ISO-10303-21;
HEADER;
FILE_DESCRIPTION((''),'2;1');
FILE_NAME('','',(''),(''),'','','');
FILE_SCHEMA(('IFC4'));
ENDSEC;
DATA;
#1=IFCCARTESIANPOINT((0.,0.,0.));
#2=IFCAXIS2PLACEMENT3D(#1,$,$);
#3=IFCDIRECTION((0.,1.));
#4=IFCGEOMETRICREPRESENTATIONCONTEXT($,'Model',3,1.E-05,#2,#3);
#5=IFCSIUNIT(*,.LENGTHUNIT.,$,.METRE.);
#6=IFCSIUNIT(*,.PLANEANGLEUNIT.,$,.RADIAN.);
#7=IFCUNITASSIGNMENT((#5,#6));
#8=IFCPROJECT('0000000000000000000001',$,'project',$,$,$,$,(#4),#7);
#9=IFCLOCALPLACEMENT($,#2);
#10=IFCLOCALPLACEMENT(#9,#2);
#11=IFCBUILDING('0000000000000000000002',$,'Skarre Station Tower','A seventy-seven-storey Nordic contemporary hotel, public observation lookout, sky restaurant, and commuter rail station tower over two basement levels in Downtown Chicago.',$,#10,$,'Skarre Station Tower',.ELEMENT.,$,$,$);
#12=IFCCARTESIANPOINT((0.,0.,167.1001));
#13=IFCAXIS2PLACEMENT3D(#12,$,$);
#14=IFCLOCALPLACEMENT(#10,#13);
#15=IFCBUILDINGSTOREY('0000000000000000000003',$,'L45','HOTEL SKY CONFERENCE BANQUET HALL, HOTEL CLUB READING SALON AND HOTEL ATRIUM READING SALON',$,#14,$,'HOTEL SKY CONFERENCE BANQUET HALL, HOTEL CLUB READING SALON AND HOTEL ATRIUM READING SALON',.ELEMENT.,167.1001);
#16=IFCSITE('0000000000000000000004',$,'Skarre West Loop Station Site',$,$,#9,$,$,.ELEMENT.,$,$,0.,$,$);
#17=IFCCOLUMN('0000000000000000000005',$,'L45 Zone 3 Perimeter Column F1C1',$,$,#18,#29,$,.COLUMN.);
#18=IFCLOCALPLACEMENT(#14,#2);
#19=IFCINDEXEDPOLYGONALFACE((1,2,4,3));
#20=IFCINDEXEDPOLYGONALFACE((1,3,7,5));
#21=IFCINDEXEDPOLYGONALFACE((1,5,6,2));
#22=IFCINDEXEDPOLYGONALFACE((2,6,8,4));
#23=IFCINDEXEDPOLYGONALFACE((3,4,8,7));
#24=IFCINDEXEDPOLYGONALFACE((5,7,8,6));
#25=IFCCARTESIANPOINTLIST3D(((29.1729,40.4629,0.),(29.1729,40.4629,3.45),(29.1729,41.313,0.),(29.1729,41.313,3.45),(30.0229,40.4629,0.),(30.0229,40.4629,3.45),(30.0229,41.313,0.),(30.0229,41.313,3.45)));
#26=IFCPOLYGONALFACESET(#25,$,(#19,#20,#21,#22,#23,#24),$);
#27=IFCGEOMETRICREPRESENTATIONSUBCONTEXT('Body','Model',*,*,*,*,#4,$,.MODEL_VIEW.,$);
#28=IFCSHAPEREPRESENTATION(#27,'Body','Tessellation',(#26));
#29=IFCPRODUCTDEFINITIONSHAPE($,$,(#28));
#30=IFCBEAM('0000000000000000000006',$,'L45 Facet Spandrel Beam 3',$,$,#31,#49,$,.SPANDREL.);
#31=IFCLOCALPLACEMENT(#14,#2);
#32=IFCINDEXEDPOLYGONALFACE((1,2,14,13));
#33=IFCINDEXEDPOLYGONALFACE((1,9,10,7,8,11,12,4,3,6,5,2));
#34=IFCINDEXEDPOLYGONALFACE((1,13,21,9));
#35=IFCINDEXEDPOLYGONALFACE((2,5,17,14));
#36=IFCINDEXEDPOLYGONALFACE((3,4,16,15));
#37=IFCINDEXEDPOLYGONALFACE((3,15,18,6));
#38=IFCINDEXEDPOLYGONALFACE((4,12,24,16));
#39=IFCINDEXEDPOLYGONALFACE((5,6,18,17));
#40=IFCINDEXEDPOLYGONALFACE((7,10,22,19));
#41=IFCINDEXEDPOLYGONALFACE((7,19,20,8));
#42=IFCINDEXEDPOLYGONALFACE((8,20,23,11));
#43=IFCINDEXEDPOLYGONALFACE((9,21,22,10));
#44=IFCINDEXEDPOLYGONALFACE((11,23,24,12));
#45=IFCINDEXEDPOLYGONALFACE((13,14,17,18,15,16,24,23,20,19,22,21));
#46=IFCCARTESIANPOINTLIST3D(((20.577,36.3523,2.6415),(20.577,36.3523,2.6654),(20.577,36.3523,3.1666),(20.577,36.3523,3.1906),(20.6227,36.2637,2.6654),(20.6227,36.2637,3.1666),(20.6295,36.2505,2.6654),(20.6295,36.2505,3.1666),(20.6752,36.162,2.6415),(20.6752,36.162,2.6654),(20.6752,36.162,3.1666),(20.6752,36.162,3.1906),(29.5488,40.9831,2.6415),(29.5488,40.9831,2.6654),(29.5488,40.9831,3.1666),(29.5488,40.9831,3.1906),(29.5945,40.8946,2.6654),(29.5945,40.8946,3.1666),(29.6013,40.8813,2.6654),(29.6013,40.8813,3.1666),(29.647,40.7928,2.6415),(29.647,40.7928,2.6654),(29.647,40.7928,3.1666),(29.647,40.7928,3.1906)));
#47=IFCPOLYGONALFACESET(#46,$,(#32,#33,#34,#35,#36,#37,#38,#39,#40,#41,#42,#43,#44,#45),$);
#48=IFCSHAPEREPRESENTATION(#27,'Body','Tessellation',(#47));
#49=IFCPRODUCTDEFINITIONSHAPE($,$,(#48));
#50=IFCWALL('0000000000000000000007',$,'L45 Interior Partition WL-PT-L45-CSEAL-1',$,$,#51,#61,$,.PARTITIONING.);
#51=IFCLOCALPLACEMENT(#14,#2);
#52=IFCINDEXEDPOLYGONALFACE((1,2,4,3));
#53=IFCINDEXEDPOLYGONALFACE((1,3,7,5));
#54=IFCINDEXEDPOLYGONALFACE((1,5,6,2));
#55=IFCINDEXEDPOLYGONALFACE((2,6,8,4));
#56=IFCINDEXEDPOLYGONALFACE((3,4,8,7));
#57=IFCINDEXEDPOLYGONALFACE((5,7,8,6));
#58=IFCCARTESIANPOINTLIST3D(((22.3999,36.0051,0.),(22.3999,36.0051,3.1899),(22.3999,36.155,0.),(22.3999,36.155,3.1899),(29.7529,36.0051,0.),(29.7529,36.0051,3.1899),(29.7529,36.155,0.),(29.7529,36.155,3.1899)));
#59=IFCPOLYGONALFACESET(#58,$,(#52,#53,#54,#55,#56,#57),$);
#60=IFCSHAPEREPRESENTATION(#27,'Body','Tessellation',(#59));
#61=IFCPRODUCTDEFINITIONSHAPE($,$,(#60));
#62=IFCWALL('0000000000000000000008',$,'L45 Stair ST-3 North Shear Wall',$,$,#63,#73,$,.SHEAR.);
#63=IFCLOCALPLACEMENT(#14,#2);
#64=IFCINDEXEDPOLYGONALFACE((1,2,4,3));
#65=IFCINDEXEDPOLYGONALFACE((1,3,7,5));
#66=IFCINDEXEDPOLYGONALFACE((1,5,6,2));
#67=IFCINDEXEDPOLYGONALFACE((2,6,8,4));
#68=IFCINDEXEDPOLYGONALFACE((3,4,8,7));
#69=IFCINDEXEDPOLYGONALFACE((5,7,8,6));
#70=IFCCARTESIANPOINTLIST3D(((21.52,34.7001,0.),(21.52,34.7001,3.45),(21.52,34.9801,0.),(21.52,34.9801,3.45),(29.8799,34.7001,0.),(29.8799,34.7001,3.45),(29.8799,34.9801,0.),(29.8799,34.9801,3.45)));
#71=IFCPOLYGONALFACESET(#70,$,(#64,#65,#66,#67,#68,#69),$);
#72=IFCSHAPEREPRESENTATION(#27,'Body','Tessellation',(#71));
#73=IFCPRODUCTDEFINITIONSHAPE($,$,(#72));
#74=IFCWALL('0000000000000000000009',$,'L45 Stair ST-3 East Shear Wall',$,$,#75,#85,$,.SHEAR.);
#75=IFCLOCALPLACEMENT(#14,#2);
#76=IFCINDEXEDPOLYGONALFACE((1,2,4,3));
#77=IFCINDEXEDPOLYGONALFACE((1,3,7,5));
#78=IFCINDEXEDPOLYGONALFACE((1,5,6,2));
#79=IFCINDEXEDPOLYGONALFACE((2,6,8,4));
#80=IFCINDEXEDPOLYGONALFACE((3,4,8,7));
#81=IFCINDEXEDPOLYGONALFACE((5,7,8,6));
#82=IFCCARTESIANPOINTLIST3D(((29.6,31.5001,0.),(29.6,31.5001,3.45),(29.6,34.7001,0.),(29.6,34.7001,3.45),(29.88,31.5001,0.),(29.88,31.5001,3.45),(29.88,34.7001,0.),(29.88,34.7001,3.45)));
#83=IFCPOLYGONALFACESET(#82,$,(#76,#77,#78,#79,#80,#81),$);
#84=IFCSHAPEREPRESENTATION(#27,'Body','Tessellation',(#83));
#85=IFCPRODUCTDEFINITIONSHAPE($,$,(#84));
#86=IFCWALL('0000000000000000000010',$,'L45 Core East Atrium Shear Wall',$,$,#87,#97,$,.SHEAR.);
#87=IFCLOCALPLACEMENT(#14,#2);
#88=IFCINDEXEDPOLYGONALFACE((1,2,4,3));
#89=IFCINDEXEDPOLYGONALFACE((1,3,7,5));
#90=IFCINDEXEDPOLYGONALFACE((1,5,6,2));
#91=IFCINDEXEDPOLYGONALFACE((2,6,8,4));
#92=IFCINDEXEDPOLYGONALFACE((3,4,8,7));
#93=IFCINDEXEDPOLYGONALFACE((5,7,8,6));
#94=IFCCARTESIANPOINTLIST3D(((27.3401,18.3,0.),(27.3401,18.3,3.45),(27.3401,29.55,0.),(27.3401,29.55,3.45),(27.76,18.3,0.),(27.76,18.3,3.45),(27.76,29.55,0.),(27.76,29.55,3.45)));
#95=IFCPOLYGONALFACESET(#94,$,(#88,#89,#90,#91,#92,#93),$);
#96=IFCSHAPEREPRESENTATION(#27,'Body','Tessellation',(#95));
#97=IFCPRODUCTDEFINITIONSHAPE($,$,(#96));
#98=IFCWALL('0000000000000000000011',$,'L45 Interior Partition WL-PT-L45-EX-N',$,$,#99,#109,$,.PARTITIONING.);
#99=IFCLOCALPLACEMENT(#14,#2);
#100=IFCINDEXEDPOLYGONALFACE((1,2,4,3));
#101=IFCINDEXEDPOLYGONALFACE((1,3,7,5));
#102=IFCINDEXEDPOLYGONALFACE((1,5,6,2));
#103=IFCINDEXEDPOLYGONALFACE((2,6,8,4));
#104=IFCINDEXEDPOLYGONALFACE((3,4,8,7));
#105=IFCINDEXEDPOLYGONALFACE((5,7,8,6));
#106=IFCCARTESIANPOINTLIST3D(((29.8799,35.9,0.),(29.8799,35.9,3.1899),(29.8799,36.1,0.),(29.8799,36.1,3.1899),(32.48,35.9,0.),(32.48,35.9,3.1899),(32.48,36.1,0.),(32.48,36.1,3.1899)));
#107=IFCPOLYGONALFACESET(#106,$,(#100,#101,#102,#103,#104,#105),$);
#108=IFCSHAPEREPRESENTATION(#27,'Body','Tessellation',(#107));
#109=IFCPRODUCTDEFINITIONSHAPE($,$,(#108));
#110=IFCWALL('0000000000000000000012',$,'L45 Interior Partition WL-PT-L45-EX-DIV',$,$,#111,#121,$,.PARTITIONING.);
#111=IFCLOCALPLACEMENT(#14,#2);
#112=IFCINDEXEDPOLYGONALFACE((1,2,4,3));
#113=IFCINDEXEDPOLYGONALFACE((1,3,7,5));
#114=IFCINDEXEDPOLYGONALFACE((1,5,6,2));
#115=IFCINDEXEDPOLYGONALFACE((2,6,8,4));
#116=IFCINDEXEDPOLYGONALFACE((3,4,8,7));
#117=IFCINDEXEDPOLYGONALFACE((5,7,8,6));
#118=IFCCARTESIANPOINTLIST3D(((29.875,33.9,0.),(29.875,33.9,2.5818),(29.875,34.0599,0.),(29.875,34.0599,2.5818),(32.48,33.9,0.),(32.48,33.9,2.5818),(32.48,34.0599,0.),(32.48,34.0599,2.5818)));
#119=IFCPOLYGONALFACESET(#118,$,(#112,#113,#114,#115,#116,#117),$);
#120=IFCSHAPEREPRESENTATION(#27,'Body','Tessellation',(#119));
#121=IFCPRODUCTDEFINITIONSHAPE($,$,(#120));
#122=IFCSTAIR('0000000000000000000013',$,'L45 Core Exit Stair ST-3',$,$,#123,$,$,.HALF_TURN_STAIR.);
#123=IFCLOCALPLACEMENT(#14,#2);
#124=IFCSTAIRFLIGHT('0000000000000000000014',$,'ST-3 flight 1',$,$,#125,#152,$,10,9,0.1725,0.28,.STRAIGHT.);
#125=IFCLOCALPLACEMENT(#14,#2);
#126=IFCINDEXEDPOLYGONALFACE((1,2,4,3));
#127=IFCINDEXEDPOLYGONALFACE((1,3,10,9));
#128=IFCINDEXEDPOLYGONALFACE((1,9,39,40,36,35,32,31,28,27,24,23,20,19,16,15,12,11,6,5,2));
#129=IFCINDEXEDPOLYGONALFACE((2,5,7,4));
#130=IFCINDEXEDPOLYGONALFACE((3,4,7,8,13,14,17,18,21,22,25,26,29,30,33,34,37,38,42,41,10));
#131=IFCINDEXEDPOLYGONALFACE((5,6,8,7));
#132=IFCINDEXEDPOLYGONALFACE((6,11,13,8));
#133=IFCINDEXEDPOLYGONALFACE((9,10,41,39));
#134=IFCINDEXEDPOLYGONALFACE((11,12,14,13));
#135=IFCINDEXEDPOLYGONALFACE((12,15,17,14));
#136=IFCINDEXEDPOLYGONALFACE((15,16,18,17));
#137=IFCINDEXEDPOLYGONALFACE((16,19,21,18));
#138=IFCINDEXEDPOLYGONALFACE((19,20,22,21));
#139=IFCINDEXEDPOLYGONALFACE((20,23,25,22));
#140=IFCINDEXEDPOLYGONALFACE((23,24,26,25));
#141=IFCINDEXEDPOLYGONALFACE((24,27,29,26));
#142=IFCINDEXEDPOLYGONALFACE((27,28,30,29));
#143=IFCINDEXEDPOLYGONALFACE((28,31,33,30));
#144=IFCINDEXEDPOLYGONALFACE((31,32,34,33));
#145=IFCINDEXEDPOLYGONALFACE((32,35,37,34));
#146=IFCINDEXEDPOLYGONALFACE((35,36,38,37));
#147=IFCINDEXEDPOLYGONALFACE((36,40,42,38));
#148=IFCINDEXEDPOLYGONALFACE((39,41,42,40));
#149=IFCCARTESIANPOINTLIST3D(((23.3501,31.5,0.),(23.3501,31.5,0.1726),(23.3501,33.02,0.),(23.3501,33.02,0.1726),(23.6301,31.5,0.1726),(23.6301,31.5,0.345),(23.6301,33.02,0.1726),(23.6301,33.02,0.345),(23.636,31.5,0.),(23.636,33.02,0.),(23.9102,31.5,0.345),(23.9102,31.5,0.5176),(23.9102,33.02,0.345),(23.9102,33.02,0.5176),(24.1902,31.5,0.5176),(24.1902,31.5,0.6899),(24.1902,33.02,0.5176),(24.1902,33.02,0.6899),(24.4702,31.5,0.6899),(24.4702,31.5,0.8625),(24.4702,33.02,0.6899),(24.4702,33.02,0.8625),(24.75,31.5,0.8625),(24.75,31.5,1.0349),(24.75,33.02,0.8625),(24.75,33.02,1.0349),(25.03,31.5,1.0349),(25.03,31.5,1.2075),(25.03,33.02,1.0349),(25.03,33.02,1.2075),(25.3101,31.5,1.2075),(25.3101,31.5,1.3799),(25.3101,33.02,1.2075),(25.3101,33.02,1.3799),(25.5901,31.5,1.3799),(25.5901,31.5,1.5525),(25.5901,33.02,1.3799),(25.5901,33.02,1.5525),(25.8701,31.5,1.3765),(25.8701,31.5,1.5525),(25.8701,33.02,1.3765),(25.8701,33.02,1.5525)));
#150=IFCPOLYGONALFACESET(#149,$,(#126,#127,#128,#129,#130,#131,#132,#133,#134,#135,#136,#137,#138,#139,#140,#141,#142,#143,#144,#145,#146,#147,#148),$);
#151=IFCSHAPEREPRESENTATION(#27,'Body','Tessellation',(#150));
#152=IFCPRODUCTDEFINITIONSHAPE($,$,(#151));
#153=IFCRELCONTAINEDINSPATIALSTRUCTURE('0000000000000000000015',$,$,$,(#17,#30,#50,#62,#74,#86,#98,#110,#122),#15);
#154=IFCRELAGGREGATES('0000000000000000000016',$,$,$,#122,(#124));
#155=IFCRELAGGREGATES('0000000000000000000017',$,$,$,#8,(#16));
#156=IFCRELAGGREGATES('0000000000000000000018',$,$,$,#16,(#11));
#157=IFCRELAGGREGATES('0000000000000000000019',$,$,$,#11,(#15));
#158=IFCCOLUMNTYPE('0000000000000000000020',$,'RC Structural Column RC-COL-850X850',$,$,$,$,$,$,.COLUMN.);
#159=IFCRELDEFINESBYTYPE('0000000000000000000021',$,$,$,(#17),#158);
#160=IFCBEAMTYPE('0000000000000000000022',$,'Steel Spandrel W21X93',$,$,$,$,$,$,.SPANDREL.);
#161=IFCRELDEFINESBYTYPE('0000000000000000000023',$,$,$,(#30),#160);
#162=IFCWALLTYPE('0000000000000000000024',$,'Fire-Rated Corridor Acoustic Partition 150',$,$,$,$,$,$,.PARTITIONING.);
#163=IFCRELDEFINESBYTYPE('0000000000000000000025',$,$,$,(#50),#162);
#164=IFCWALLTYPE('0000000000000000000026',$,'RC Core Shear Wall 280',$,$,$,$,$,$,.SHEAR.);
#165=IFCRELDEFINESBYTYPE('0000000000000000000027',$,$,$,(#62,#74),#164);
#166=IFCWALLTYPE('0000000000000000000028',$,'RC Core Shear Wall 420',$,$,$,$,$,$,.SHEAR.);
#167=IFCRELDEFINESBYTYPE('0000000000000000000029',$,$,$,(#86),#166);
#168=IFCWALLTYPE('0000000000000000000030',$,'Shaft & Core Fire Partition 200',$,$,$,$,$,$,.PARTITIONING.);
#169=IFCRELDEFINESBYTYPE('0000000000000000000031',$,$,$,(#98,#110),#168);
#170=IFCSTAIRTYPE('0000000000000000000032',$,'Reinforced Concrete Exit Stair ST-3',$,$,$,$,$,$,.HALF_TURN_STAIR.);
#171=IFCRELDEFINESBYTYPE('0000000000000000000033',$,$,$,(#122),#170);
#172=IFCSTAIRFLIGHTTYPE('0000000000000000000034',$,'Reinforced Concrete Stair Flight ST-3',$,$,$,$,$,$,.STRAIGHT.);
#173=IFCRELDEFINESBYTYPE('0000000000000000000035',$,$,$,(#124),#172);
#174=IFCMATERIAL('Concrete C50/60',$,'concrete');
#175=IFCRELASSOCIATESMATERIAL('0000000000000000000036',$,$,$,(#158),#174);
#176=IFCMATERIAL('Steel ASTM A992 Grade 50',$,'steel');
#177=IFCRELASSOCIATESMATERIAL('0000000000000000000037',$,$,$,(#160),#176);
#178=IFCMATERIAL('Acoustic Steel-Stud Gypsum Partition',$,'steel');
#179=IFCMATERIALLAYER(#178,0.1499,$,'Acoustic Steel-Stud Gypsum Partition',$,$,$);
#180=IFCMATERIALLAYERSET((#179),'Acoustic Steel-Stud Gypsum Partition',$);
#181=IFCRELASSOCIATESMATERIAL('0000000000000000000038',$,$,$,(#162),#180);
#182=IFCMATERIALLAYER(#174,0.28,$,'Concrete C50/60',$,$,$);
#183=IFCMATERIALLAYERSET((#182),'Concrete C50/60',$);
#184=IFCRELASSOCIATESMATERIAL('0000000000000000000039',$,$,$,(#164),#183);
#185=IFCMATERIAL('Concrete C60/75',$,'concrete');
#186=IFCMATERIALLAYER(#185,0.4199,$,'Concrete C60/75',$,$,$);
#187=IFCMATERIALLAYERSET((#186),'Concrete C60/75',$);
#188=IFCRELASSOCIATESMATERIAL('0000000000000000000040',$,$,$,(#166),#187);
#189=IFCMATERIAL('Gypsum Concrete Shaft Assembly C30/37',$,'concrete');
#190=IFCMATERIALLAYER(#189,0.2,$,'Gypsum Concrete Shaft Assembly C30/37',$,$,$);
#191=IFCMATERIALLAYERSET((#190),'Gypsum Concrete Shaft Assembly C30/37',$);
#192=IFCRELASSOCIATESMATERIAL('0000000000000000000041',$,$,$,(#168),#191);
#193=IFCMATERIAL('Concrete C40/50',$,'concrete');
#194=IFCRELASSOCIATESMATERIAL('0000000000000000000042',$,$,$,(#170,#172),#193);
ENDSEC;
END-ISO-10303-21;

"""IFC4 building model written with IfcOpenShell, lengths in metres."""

from ifc_helpers import new_model, si_unit, direction, frame, frame_2d, origin, origin_2d, place, context, subcontext, project, spatial, polyline, rectangle, i_section, outline, extrude, material, layer, layer_set, material_profile, profile_set, type_object, element, aggregate, save


model = new_model("IFC4")

# Units and contexts
model_context = context("Model", 3, precision=1e-05, world=origin(), true_north=direction((0.0, 1.0)))
body_context = subcontext(model_context, "Body", "Model", "MODEL_VIEW")
ifc_project = project(units=[si_unit("LENGTHUNIT", "METRE"), si_unit("PLANEANGLEUNIT", "RADIAN")], contexts=[model_context])

# Site, building, storey
site_placement = place(None, origin())
site = spatial("IfcSite", under=ifc_project, at=site_placement, Name="Skarre West Loop Station Site", CompositionType="ELEMENT", RefElevation=0.0)
building_placement = place(site_placement, origin())
building = spatial("IfcBuilding", under=site, at=building_placement, Name="Skarre Station Tower", Description="A seventy-seven-storey Nordic contemporary hotel, public observation lookout, sky restaurant, and commuter rail station tower over two basement levels in Downtown Chicago.", LongName="Skarre Station Tower", CompositionType="ELEMENT")
storey_placement = place(building_placement, frame((0.0, 0.0, 167.1001)))
storey = spatial("IfcBuildingStorey", under=building, at=storey_placement, Name="L45", Description="HOTEL SKY CONFERENCE BANQUET HALL, HOTEL CLUB READING SALON AND HOTEL ATRIUM READING SALON", LongName="HOTEL SKY CONFERENCE BANQUET HALL, HOTEL CLUB READING SALON AND HOTEL ATRIUM READING SALON", CompositionType="ELEMENT", Elevation=167.1001)

# Column
ifc_material_1 = material(Name="Concrete C50/60", Category="concrete")
ifc_material_profile_1 = material_profile(ifc_material_1, rectangle(XDim=0.8501, YDim=0.8501, at=origin_2d()), Name="Concrete C50/60")
ifc_profile_set_1 = profile_set([ifc_material_profile_1], Name="Concrete C50/60")
column_type = type_object("IfcColumnType", Name="RC Structural Column RC-COL-850X850", PredefinedType="COLUMN", material=ifc_profile_set_1)
column_placement = place(storey_placement, frame((29.5979, 40.8879, 0.0), z_axis=(0.0, 0.0, 1.0), x_axis=(1.0, 0.0, 0.0)))
element("IfcColumn", 1, at=column_placement, inside=storey, type_object=column_type, Name="L45 Zone 3 Perimeter Column F1C1", PredefinedType="COLUMN", context=body_context, shape_type="SweptSolid", body=[
    extrude(rectangle(XDim=0.8501, YDim=0.8501, at=origin_2d()), origin(), (0.0, 0.0, 1.0), 3.45),
])

# Beam
ifc_material_2 = material(Name="Steel ASTM A992 Grade 50", Category="steel")
ifc_material_profile_2 = material_profile(ifc_material_2, i_section(OverallWidth=0.2141, OverallDepth=0.5491, WebThickness=0.0149, FlangeThickness=0.0239, at=origin_2d()), Name="Steel ASTM A992 Grade 50")
ifc_profile_set_2 = profile_set([ifc_material_profile_2], Name="Steel ASTM A992 Grade 50")
beam_type = type_object("IfcBeamType", Name="Steel Spandrel W21X93", PredefinedType="SPANDREL", material=ifc_profile_set_2)
beam_placement = place(storey_placement, frame((29.5979, 40.8879, 2.916), z_axis=(-0.888613, -0.458658, 0.0), x_axis=(0.458658, -0.888613, 0.0)))
element("IfcBeam", 2, at=beam_placement, inside=storey, type_object=beam_type, Name="L45 Facet Spandrel Beam 3", PredefinedType="SPANDREL", context=body_context, shape_type="SweptSolid", body=[
    extrude(i_section(OverallWidth=0.2141, OverallDepth=0.5491, WebThickness=0.0149, FlangeThickness=0.0239, at=origin_2d()), origin(), (0.0, 0.0, 1.0), 10.0964),
])

# Walls
ifc_material_3 = material(Name="Acoustic Steel-Stud Gypsum Partition", Category="steel")
ifc_layer_1 = layer(ifc_material_3, 0.1499, Name="Acoustic Steel-Stud Gypsum Partition")
ifc_layer_set_1 = layer_set([ifc_layer_1], Name="Acoustic Steel-Stud Gypsum Partition")
wall_type_1 = type_object("IfcWallType", Name="Fire-Rated Corridor Acoustic Partition 150", PredefinedType="PARTITIONING", material=ifc_layer_set_1)
wall_1_placement = place(storey_placement, frame((29.7529, 36.0801, 0.0), z_axis=(0.0, 0.0, 1.0), x_axis=(-1.0, 0.0, 0.0)))
element("IfcWall", 3, at=wall_1_placement, inside=storey, type_object=wall_type_1, Name="L45 Interior Partition WL-PT-L45-CSEAL-1", PredefinedType="PARTITIONING", context=body_context, shape_type="SweptSolid", body=[
    extrude(rectangle(XDim=7.353, YDim=0.1499, at=frame_2d((3.6765, 0.0))), origin(), (0.0, 0.0, 1.0), 3.1899),
])
ifc_layer_2 = layer(ifc_material_1, 0.28, Name="Concrete C50/60")
ifc_layer_set_2 = layer_set([ifc_layer_2], Name="Concrete C50/60")
wall_type_2 = type_object("IfcWallType", Name="RC Core Shear Wall 280", PredefinedType="SHEAR", material=ifc_layer_set_2)
wall_2_placement = place(storey_placement, frame((29.8799, 34.8401, 0.0), z_axis=(0.0, 0.0, 1.0), x_axis=(-1.0, 0.0, 0.0)))
element("IfcWall", 4, at=wall_2_placement, inside=storey, type_object=wall_type_2, Name="L45 Stair ST-3 North Shear Wall", PredefinedType="SHEAR", context=body_context, shape_type="SweptSolid", body=[
    extrude(rectangle(XDim=8.3599, YDim=0.28, at=frame_2d((4.1799, 0.0))), origin(), (0.0, 0.0, 1.0), 3.45),
])
wall_3_placement = place(storey_placement, frame((29.74, 31.5, 0.0), z_axis=(0.0, 0.0, 1.0), x_axis=(0.0, 1.0, 0.0)))
element("IfcWall", 5, at=wall_3_placement, inside=storey, type_object=wall_type_2, Name="L45 Stair ST-3 East Shear Wall", PredefinedType="SHEAR", context=body_context, shape_type="SweptSolid", body=[
    extrude(rectangle(XDim=3.2, YDim=0.28, at=frame_2d((1.6001, 0.0))), origin(), (0.0, 0.0, 1.0), 3.45),
])
ifc_material_4 = material(Name="Concrete C60/75", Category="concrete")
ifc_layer_3 = layer(ifc_material_4, 0.4199, Name="Concrete C60/75")
ifc_layer_set_3 = layer_set([ifc_layer_3], Name="Concrete C60/75")
wall_type_3 = type_object("IfcWallType", Name="RC Core Shear Wall 420", PredefinedType="SHEAR", material=ifc_layer_set_3)
wall_4_placement = place(storey_placement, frame((27.55, 29.55, 0.0), z_axis=(0.0, 0.0, 1.0), x_axis=(0.0, -1.0, 0.0)))
element("IfcWall", 6, at=wall_4_placement, inside=storey, type_object=wall_type_3, Name="L45 Core East Atrium Shear Wall", PredefinedType="SHEAR", context=body_context, shape_type="SweptSolid", body=[
    extrude(rectangle(XDim=11.25, YDim=0.4199, at=frame_2d((5.625, 0.0))), origin(), (0.0, 0.0, 1.0), 3.45),
])
ifc_material_5 = material(Name="Gypsum Concrete Shaft Assembly C30/37", Category="concrete")
ifc_layer_4 = layer(ifc_material_5, 0.2, Name="Gypsum Concrete Shaft Assembly C30/37")
ifc_layer_set_4 = layer_set([ifc_layer_4], Name="Gypsum Concrete Shaft Assembly C30/37")
wall_type_4 = type_object("IfcWallType", Name="Shaft & Core Fire Partition 200", PredefinedType="PARTITIONING", material=ifc_layer_set_4)
wall_5_placement = place(storey_placement, frame((29.8799, 36.0, 0.0), z_axis=(0.0, 0.0, 1.0), x_axis=(1.0, 0.0, 0.0)))
element("IfcWall", 7, at=wall_5_placement, inside=storey, type_object=wall_type_4, Name="L45 Interior Partition WL-PT-L45-EX-N", PredefinedType="PARTITIONING", context=body_context, shape_type="SweptSolid", body=[
    extrude(rectangle(XDim=2.6001, YDim=0.2, at=frame_2d((1.3, 0.0))), origin(), (0.0, 0.0, 1.0), 3.1899),
])
wall_6_placement = place(storey_placement, frame((29.875, 33.98, 0.0), z_axis=(0.0, 0.0, 1.0), x_axis=(1.0, 0.0, 0.0)))
element("IfcWall", 8, at=wall_6_placement, inside=storey, type_object=wall_type_4, Name="L45 Interior Partition WL-PT-L45-EX-DIV", PredefinedType="PARTITIONING", context=body_context, shape_type="SweptSolid", body=[
    extrude(rectangle(XDim=2.605, YDim=0.1599, at=frame_2d((1.3025, 0.0))), origin(), (0.0, 0.0, 1.0), 2.5818),
])

# Stair, stair flight
ifc_material_6 = material(Name="Concrete C40/50", Category="concrete")
stair_type = type_object("IfcStairType", Name="Reinforced Concrete Exit Stair ST-3", PredefinedType="HALF_TURN_STAIR", material=ifc_material_6)
stair_placement = place(storey_placement, origin())
stair = element("IfcStair", 9, at=stair_placement, inside=storey, type_object=stair_type, Name="L45 Core Exit Stair ST-3", PredefinedType="HALF_TURN_STAIR")
stair_flight_type = type_object("IfcStairFlightType", Name="Reinforced Concrete Stair Flight ST-3", PredefinedType="STRAIGHT", material=ifc_material_6)
stair_flight_1_placement = place(storey_placement, frame((23.3501, 32.26, 0.0), z_axis=(0.0, 0.0, 1.0), x_axis=(1.0, 0.0, 0.0)))
stair_flight_1 = element("IfcStairFlight", 10, at=stair_flight_1_placement, type_object=stair_flight_type, Name="ST-3 flight 1", NumberOfRisers=10, NumberOfTreads=9, PredefinedType="STRAIGHT", RiserHeight=0.1725, TreadLength=0.28, context=body_context, shape_type="SweptSolid", body=[
    extrude(outline(polyline([(0.0, 0.0), (0.0, 0.1726), (0.28, 0.1726), (0.28, 0.345), (0.5601, 0.345), (0.5601, 0.5176), (0.8401, 0.5176), (0.8401, 0.6899), (1.1201, 0.6899), (1.1201, 0.8625), (1.3999, 0.8625), (1.3999, 1.0349), (1.6799, 1.0349), (1.6799, 1.2075), (1.96, 1.2075), (1.96, 1.3799), (2.24, 1.3799), (2.24, 1.5525), (2.52, 1.5525), (2.52, 1.7251), (2.52, 1.3765), (0.2859, 0.0), (0.0, 0.0)])), frame((0.0, 0.76, 0.0), z_axis=(0.0, -1.0, 0.0), x_axis=(1.0, 0.0, 0.0)), (0.0, 0.0, 1.0), 1.52),
])
aggregate(stair, [stair_flight_1])

save(model, "model.ifc")
